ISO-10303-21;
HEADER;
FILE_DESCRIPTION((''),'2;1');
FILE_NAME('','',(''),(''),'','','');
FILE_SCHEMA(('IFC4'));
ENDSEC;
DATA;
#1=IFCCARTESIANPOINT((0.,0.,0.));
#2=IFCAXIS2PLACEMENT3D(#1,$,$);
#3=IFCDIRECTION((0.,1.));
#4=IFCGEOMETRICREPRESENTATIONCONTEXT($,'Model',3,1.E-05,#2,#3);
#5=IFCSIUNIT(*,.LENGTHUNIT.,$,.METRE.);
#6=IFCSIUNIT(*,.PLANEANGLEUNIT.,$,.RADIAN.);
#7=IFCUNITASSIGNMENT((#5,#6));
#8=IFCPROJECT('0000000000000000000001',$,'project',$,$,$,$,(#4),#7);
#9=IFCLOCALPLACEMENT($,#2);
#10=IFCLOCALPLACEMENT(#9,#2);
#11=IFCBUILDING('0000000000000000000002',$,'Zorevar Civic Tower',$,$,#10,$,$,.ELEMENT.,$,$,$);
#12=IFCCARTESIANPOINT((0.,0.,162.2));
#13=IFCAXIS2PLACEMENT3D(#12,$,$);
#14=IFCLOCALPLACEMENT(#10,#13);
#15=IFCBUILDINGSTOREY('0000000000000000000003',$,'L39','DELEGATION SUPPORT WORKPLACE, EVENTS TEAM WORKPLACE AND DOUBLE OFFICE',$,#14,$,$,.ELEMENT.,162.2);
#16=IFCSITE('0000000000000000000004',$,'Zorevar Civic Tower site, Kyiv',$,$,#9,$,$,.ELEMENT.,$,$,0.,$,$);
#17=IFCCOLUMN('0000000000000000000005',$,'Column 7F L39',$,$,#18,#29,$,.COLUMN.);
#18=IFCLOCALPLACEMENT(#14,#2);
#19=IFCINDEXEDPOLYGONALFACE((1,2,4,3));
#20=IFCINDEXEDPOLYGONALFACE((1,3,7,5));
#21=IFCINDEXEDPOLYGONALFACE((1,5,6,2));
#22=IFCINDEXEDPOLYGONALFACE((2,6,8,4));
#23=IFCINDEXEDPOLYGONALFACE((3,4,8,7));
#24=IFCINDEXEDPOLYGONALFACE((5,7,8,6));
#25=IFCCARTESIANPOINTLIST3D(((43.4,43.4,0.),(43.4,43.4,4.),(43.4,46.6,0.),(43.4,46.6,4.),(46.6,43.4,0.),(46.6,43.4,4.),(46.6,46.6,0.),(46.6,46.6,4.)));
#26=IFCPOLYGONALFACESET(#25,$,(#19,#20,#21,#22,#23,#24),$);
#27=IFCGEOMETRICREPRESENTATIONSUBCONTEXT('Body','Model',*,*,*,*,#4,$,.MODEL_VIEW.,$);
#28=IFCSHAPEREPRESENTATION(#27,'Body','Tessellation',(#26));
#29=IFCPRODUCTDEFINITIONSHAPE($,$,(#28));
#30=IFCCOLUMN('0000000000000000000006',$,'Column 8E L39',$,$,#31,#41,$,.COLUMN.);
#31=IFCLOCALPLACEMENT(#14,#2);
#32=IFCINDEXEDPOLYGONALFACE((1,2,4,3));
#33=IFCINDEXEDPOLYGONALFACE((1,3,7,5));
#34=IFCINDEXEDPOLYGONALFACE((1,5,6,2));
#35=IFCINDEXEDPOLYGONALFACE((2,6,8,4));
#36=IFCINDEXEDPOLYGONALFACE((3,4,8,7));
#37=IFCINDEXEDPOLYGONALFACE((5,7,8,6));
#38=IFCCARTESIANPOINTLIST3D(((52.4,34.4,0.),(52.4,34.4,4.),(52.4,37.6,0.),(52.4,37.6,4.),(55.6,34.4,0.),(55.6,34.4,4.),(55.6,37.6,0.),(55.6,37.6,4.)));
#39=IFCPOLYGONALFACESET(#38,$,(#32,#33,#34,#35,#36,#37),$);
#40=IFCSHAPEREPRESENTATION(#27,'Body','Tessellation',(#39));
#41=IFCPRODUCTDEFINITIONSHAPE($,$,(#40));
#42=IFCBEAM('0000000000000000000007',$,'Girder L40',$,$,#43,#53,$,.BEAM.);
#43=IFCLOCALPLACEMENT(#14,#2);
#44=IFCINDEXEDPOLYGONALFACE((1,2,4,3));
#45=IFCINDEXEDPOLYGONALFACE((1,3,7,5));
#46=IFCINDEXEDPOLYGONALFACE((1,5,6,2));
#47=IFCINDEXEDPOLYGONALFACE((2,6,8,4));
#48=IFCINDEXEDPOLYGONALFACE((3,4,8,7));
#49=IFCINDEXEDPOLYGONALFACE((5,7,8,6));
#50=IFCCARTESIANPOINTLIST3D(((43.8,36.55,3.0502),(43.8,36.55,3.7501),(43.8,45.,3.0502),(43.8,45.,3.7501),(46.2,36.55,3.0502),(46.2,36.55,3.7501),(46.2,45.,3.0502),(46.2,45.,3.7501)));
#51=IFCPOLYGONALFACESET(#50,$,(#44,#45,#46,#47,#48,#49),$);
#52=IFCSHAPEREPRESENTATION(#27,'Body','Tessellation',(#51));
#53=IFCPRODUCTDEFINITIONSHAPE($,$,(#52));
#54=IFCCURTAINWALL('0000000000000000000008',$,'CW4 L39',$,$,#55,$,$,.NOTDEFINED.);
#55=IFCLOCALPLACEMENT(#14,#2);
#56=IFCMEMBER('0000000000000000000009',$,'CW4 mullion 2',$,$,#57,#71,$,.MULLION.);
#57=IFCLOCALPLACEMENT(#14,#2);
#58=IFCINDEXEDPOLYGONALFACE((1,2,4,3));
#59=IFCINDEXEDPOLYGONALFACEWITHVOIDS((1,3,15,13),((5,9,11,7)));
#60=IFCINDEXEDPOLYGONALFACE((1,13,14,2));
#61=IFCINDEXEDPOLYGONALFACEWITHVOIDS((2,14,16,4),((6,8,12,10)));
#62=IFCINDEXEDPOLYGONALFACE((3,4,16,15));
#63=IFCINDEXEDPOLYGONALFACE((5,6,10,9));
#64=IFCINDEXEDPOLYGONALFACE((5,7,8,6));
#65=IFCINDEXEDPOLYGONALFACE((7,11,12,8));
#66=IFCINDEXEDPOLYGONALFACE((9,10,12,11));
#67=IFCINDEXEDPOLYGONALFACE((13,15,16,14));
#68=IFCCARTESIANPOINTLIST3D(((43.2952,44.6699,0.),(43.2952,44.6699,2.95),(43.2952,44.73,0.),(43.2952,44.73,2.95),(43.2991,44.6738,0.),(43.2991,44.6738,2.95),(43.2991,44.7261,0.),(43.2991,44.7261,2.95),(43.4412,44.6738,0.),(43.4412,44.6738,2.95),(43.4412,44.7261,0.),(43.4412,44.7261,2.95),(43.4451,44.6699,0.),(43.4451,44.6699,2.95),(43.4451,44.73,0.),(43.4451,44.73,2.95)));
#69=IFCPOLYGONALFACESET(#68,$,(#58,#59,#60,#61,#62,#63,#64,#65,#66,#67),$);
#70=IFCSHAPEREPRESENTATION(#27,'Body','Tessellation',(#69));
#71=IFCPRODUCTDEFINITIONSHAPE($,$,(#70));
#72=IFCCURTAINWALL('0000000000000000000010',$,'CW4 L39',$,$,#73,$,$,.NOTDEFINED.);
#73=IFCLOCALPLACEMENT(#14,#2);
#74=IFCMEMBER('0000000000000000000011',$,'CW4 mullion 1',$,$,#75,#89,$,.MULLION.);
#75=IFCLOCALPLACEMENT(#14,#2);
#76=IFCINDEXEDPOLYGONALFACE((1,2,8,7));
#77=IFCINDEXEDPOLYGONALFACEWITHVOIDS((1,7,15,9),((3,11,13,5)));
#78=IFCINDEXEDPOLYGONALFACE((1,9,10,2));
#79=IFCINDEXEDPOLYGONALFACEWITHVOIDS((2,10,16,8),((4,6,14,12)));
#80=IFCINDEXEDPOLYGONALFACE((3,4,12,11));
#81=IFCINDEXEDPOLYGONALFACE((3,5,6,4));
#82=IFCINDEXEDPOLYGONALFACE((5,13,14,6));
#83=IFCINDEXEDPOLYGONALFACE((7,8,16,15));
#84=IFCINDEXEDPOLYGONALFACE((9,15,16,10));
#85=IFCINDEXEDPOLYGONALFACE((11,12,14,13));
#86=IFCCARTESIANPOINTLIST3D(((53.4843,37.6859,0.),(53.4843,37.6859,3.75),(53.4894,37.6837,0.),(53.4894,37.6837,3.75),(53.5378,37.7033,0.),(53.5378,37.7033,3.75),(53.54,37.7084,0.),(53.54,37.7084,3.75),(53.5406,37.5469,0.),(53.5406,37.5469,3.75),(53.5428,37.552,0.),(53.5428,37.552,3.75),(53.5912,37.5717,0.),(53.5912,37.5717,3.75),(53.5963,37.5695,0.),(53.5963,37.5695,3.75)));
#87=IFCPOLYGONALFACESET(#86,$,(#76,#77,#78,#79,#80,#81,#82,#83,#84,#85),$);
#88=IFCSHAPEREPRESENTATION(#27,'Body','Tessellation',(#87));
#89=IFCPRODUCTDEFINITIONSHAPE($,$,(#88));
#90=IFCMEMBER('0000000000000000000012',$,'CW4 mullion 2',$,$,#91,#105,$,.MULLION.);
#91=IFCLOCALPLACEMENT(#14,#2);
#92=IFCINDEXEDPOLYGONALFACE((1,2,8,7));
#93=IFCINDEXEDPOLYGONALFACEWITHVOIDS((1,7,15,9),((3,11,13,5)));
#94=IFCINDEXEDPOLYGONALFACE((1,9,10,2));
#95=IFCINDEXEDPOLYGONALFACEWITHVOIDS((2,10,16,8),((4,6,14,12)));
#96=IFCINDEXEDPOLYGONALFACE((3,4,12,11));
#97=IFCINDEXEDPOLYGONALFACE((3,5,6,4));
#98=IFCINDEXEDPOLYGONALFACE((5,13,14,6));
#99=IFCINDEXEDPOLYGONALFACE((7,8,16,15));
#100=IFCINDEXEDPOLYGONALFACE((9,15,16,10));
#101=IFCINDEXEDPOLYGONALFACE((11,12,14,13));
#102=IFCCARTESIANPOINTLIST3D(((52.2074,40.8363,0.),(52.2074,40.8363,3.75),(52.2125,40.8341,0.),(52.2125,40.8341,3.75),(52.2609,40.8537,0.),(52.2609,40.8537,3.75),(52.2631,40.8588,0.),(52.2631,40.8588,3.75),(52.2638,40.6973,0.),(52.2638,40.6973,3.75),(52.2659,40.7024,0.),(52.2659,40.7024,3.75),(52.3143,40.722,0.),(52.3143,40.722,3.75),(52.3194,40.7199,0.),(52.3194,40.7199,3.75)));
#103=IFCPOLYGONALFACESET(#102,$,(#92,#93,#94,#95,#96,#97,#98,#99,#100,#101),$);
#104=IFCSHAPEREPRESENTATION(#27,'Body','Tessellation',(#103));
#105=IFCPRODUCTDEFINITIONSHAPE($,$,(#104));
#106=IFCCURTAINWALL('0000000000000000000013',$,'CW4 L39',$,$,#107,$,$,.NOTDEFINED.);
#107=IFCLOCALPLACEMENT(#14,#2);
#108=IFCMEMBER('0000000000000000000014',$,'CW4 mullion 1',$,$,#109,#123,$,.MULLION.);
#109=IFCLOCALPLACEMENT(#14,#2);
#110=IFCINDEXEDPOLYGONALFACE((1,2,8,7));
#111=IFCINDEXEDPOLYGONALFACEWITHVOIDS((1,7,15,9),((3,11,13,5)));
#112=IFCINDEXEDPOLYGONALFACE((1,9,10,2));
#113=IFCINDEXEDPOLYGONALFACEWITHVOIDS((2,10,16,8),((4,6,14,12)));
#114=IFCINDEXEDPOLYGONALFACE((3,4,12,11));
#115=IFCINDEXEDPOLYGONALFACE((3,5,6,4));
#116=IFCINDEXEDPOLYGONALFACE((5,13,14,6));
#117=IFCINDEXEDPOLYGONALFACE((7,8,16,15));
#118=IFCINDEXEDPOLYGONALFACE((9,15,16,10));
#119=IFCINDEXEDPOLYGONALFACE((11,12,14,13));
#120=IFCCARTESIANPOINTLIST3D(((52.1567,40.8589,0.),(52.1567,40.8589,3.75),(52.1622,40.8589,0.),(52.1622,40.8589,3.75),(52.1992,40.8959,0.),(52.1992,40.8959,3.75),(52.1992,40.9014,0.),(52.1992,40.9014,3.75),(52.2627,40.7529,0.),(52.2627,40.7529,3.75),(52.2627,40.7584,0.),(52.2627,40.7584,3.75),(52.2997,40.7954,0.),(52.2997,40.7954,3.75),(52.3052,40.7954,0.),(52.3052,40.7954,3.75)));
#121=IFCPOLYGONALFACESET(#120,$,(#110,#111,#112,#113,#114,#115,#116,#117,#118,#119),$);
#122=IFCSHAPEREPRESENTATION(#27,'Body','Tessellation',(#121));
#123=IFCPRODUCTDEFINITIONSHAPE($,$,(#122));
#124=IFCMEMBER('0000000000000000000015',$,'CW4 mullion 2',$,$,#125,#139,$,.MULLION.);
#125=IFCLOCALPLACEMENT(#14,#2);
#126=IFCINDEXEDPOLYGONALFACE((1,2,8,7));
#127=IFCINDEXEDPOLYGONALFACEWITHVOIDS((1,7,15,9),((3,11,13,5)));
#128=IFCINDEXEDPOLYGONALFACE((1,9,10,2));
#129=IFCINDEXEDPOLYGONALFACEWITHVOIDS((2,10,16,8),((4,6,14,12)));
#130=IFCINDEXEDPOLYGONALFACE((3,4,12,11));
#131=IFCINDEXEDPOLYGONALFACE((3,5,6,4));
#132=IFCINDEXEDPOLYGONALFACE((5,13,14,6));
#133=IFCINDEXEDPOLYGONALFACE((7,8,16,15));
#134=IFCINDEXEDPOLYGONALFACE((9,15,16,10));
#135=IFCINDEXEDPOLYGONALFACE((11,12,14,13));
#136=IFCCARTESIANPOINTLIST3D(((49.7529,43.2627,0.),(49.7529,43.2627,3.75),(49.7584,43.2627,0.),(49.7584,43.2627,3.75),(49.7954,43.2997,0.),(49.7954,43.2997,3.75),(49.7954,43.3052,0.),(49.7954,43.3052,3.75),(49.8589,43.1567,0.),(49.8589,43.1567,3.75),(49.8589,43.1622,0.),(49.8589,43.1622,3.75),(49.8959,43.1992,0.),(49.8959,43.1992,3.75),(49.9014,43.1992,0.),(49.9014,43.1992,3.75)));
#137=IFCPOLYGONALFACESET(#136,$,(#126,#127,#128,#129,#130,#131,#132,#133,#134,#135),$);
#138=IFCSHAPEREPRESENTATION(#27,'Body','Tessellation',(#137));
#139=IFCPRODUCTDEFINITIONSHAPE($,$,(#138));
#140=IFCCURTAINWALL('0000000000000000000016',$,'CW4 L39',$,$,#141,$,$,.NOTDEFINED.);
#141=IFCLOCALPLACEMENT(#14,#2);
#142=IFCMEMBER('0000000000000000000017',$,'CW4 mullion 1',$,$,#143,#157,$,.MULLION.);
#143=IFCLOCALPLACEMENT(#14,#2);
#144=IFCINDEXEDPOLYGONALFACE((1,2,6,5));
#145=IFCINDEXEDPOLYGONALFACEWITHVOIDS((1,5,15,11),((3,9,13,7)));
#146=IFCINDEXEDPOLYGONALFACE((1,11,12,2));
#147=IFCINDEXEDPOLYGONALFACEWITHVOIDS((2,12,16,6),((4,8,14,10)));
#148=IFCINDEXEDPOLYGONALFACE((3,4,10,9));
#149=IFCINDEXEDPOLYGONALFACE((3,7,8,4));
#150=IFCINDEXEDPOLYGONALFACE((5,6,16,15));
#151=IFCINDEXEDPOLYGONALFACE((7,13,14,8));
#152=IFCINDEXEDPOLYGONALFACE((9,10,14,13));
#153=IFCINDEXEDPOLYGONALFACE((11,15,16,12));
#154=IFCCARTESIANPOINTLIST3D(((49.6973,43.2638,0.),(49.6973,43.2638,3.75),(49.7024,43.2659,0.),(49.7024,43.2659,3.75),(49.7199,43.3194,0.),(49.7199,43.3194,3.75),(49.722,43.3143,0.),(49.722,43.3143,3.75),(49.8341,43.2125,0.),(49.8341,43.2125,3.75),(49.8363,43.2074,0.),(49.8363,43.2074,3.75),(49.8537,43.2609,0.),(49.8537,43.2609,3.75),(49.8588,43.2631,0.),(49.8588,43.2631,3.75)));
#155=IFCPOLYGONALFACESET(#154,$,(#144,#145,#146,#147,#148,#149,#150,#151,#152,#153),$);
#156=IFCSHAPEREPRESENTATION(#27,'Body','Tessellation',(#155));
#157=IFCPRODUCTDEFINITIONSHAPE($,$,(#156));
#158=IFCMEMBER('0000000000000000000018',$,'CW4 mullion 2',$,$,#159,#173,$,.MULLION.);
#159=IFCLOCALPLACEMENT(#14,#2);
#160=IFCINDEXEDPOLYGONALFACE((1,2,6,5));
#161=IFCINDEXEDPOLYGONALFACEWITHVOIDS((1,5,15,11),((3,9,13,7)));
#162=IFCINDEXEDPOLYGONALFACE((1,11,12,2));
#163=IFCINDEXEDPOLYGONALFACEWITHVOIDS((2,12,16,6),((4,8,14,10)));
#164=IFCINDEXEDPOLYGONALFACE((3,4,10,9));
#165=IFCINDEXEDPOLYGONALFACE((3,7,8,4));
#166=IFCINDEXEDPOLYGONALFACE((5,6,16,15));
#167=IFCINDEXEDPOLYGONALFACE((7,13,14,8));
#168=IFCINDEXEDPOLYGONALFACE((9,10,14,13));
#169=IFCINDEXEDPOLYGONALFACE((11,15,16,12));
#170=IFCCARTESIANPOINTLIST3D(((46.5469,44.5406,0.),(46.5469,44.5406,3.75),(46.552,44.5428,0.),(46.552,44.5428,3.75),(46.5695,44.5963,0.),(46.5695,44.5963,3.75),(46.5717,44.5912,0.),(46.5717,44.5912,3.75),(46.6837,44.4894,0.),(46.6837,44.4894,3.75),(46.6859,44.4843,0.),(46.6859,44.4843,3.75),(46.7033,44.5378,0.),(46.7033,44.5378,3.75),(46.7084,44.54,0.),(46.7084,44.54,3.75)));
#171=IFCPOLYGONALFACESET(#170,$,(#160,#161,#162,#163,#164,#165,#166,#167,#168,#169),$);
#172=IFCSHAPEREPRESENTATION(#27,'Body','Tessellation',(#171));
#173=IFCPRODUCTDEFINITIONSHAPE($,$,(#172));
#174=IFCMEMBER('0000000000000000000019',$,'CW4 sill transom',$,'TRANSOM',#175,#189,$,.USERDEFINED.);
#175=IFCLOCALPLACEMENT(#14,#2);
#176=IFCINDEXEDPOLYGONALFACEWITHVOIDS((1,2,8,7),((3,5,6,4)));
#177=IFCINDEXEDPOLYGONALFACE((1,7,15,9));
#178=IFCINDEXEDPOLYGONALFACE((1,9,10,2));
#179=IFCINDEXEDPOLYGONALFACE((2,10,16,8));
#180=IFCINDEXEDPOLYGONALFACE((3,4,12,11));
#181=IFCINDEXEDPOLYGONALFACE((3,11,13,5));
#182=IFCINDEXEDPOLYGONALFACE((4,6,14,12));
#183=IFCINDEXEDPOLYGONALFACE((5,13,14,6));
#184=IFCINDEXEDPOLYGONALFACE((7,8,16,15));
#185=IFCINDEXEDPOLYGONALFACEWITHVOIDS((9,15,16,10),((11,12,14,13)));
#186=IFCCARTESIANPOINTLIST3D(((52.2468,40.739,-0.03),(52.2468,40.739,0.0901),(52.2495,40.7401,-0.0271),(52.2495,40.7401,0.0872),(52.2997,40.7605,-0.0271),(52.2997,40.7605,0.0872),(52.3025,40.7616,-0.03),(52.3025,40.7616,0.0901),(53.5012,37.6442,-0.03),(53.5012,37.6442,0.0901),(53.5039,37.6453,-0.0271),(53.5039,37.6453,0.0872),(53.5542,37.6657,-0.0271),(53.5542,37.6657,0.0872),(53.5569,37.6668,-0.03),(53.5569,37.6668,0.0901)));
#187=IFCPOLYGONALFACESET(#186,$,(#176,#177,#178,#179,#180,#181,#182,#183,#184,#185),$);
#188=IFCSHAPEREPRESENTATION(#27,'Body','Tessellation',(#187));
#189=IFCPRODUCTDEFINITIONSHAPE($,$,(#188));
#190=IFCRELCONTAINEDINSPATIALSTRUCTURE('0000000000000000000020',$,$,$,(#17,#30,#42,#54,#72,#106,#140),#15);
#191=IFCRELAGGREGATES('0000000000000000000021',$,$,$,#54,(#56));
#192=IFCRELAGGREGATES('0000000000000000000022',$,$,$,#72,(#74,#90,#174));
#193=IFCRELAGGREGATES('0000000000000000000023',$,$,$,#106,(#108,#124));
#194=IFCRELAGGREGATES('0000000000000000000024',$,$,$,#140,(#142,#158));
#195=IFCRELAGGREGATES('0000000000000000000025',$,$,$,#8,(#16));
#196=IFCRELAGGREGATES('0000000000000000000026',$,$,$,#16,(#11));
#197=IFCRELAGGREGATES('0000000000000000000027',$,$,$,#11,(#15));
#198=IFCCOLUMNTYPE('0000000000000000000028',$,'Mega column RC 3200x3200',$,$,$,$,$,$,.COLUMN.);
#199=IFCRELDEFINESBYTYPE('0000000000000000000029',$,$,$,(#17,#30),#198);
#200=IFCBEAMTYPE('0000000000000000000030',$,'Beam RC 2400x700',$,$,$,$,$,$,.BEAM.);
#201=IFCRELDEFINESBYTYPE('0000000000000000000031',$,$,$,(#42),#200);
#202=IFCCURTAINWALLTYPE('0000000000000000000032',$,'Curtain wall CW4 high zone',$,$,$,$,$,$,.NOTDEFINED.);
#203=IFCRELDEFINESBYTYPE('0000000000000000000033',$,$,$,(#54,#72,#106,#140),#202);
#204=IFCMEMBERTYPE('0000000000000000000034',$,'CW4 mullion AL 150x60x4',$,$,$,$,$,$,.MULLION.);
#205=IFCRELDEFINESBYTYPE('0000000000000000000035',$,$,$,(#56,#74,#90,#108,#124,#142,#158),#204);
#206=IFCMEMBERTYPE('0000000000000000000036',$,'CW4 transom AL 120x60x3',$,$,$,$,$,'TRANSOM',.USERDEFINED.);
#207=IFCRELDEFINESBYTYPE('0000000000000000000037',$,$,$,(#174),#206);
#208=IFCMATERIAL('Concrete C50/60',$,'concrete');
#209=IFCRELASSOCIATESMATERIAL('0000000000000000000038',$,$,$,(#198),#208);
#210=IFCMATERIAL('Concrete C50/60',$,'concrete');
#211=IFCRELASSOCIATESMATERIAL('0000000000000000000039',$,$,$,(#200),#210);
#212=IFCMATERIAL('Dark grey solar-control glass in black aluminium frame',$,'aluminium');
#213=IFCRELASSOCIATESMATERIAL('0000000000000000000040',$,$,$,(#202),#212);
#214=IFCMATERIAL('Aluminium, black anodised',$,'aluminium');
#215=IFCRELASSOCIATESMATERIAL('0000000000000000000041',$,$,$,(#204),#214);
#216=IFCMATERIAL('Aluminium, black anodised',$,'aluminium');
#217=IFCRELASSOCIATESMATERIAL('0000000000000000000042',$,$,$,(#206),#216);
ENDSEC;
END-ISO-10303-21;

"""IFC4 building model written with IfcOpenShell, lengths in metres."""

from ifc_helpers import new_model, si_unit, direction, frame, origin, origin_2d, place, context, subcontext, project, spatial, rectangle, hollow_rectangle, extrude, material, material_profile, profile_set, type_object, element, aggregate, save


model = new_model("IFC4")

# Units and contexts
model_context = context("Model", 3, precision=1e-05, world=origin(), true_north=direction((0.0, 1.0)))
body_context = subcontext(model_context, "Body", "Model", "MODEL_VIEW")
ifc_project = project(units=[si_unit("LENGTHUNIT", "METRE"), si_unit("PLANEANGLEUNIT", "RADIAN")], contexts=[model_context])

# Site, building, storey
site_placement = place(None, origin())
site = spatial("IfcSite", under=ifc_project, at=site_placement, Name="Zorevar Civic Tower site, Kyiv", CompositionType="ELEMENT", RefElevation=0.0)
building_placement = place(site_placement, origin())
building = spatial("IfcBuilding", under=site, at=building_placement, Name="Zorevar Civic Tower", CompositionType="ELEMENT")
storey_placement = place(building_placement, frame((0.0, 0.0, 162.2)))
storey = spatial("IfcBuildingStorey", under=building, at=storey_placement, Name="L39", Description="DELEGATION SUPPORT WORKPLACE, EVENTS TEAM WORKPLACE AND DOUBLE OFFICE", CompositionType="ELEMENT", Elevation=162.2)

# Columns
ifc_material_1 = material(Name="Concrete C50/60", Category="concrete")
ifc_material_profile_1 = material_profile(ifc_material_1, rectangle(XDim=3.2, YDim=3.2, at=origin_2d()), Name="RC 3200x3200")
ifc_profile_set_1 = profile_set([ifc_material_profile_1], Name="Concrete C50/60")
column_type = type_object("IfcColumnType", Name="Mega column RC 3200x3200", PredefinedType="COLUMN", material=ifc_profile_set_1)
for number, where, z_axis, x_axis, name in (
    (1, (45.0, 45.0, 0.0), (0.0, 0.0, 1.0), (1.0, 0.0, 0.0), "Column 7F L39"),
    (2, (54.0, 36.0, 0.0), (0.0, 0.0, 1.0), (1.0, 0.0, 0.0), "Column 8E L39"),
):
    element("IfcColumn", number, at=place(storey_placement, frame(where, z_axis=z_axis, x_axis=x_axis)), inside=storey, type_object=column_type, Name=name, PredefinedType="COLUMN", context=body_context, shape_type="SweptSolid", body=[
        extrude(rectangle(XDim=3.2, YDim=3.2, at=origin_2d()), origin(), (0.0, 0.0, 1.0), 4.0),
    ])

# Beam
ifc_material_2 = material(Name="Concrete C50/60", Category="concrete")
ifc_material_profile_2 = material_profile(ifc_material_2, rectangle(XDim=2.3999, YDim=0.7, at=origin_2d()), Name="RC 2400x700")
ifc_profile_set_2 = profile_set([ifc_material_profile_2], Name="Concrete C50/60")
beam_type_1 = type_object("IfcBeamType", Name="Beam RC 2400x700", PredefinedType="BEAM", material=ifc_profile_set_2)
beam_1_placement = place(storey_placement, frame((45.0, 36.55, 3.4001), z_axis=(0.0, 1.0, 0.0), x_axis=(-1.0, 0.0, 0.0)))
element("IfcBeam", 3, at=beam_1_placement, inside=storey, type_object=beam_type_1, Name="Girder L40", PredefinedType="BEAM", context=body_context, shape_type="SweptSolid", body=[
    extrude(rectangle(XDim=2.3999, YDim=0.7, at=origin_2d()), origin(), (0.0, 0.0, 1.0), 8.45),
])

# Curtain wall, member
ifc_material_3 = material(Name="Dark grey solar-control glass in black aluminium frame", Category="aluminium")
curtain_wall_type = type_object("IfcCurtainWallType", Name="Curtain wall CW4 high zone", PredefinedType="NOTDEFINED", material=ifc_material_3)
curtain_wall_1_placement = place(storey_placement, origin())
curtain_wall_1 = element("IfcCurtainWall", 4, at=curtain_wall_1_placement, inside=storey, type_object=curtain_wall_type, Name="CW4 L39", PredefinedType="NOTDEFINED")
ifc_material_4 = material(Name="Aluminium, black anodised", Category="aluminium")
ifc_material_profile_3 = material_profile(ifc_material_4, hollow_rectangle(XDim=0.0601, YDim=0.1499, WallThickness=0.0039, at=origin_2d()), Name="AL 150x60x4")
ifc_profile_set_3 = profile_set([ifc_material_profile_3], Name="Aluminium, black anodised")
member_type_1 = type_object("IfcMemberType", Name="CW4 mullion AL 150x60x4", PredefinedType="MULLION", material=ifc_profile_set_3)
member_1_placement = place(storey_placement, frame((43.3701, 44.7, 0.0), z_axis=(0.0, 0.0, 1.0), x_axis=(0.0, 1.0, 0.0)))
member_1 = element("IfcMember", 5, at=member_1_placement, type_object=member_type_1, Name="CW4 mullion 2", PredefinedType="MULLION", context=body_context, shape_type="SweptSolid", body=[
    extrude(hollow_rectangle(XDim=0.0601, YDim=0.1499, WallThickness=0.0039, at=origin_2d()), origin(), (0.0, 0.0, 1.0), 2.95),
])

# Curtain walls, members
curtain_wall_2_placement = place(storey_placement, origin())
curtain_wall_2 = element("IfcCurtainWall", 6, at=curtain_wall_2_placement, inside=storey, type_object=curtain_wall_type, Name="CW4 L39", PredefinedType="NOTDEFINED")
member_2_placement = place(storey_placement, frame((53.5403, 37.6277, 0.0), z_axis=(0.0, 0.0, 1.0), x_axis=(-0.926762, -0.37565, 0.0)))
member_2 = element("IfcMember", 7, at=member_2_placement, type_object=member_type_1, Name="CW4 mullion 1", PredefinedType="MULLION", context=body_context, shape_type="SweptSolid", body=[
    extrude(hollow_rectangle(XDim=0.0601, YDim=0.1499, WallThickness=0.0039, at=origin_2d()), origin(), (0.0, 0.0, 1.0), 3.75),
])
member_3_placement = place(storey_placement, frame((52.2634, 40.7781, 0.0), z_axis=(0.0, 0.0, 1.0), x_axis=(-0.926762, -0.37565, 0.0)))
member_3 = element("IfcMember", 8, at=member_3_placement, type_object=member_type_1, Name="CW4 mullion 2", PredefinedType="MULLION", context=body_context, shape_type="SweptSolid", body=[
    extrude(hollow_rectangle(XDim=0.0601, YDim=0.1499, WallThickness=0.0039, at=origin_2d()), origin(), (0.0, 0.0, 1.0), 3.75),
])
curtain_wall_3_placement = place(storey_placement, origin())
curtain_wall_3 = element("IfcCurtainWall", 9, at=curtain_wall_3_placement, inside=storey, type_object=curtain_wall_type, Name="CW4 L39", PredefinedType="NOTDEFINED")
member_4_placement = place(storey_placement, frame((52.231, 40.8271, 0.0), z_axis=(0.0, 0.0, 1.0), x_axis=(-0.707107, -0.707107, 0.0)))
member_4 = element("IfcMember", 10, at=member_4_placement, type_object=member_type_1, Name="CW4 mullion 1", PredefinedType="MULLION", context=body_context, shape_type="SweptSolid", body=[
    extrude(hollow_rectangle(XDim=0.0601, YDim=0.1499, WallThickness=0.0039, at=origin_2d()), origin(), (0.0, 0.0, 1.0), 3.75),
])
member_5_placement = place(storey_placement, frame((49.8271, 43.231, 0.0), z_axis=(0.0, 0.0, 1.0), x_axis=(-0.707107, -0.707107, 0.0)))
member_5 = element("IfcMember", 11, at=member_5_placement, type_object=member_type_1, Name="CW4 mullion 2", PredefinedType="MULLION", context=body_context, shape_type="SweptSolid", body=[
    extrude(hollow_rectangle(XDim=0.0601, YDim=0.1499, WallThickness=0.0039, at=origin_2d()), origin(), (0.0, 0.0, 1.0), 3.75),
])
curtain_wall_4_placement = place(storey_placement, origin())
curtain_wall_4 = element("IfcCurtainWall", 12, at=curtain_wall_4_placement, inside=storey, type_object=curtain_wall_type, Name="CW4 L39", PredefinedType="NOTDEFINED")
member_6_placement = place(storey_placement, frame((49.7781, 43.2634, 0.0), z_axis=(0.0, 0.0, 1.0), x_axis=(-0.37565, -0.926762, 0.0)))
member_6 = element("IfcMember", 13, at=member_6_placement, type_object=member_type_1, Name="CW4 mullion 1", PredefinedType="MULLION", context=body_context, shape_type="SweptSolid", body=[
    extrude(hollow_rectangle(XDim=0.0601, YDim=0.1499, WallThickness=0.0039, at=origin_2d()), origin(), (0.0, 0.0, 1.0), 3.75),
])
member_7_placement = place(storey_placement, frame((46.6277, 44.5403, 0.0), z_axis=(0.0, 0.0, 1.0), x_axis=(-0.37565, -0.926762, 0.0)))
member_7 = element("IfcMember", 14, at=member_7_placement, type_object=member_type_1, Name="CW4 mullion 2", PredefinedType="MULLION", context=body_context, shape_type="SweptSolid", body=[
    extrude(hollow_rectangle(XDim=0.0601, YDim=0.1499, WallThickness=0.0039, at=origin_2d()), origin(), (0.0, 0.0, 1.0), 3.75),
])

# Member
ifc_material_5 = material(Name="Aluminium, black anodised", Category="aluminium")
ifc_material_profile_4 = material_profile(ifc_material_5, hollow_rectangle(XDim=0.0601, YDim=0.1201, WallThickness=0.0029, at=origin_2d()), Name="AL 120x60x3")
ifc_profile_set_4 = profile_set([ifc_material_profile_4], Name="Aluminium, black anodised")
member_type_2 = type_object("IfcMemberType", Name="CW4 transom AL 120x60x3", ElementType="TRANSOM", PredefinedType="USERDEFINED", material=ifc_profile_set_4)
member_8_placement = place(storey_placement, frame((53.5291, 37.6555, 0.03), z_axis=(-0.375647, 0.926763, 0.0), x_axis=(-0.926763, -0.375647, 0.0)))
member_8 = element("IfcMember", 15, at=member_8_placement, type_object=member_type_2, Name="CW4 sill transom", ObjectType="TRANSOM", PredefinedType="USERDEFINED", context=body_context, shape_type="SweptSolid", body=[
    extrude(hollow_rectangle(XDim=0.0601, YDim=0.1201, WallThickness=0.0029, at=origin_2d()), origin(), (0.0, 0.0, 1.0), 3.3394),
])

aggregate(curtain_wall_1, [member_1])
aggregate(curtain_wall_2, [member_2, member_3, member_8])
aggregate(curtain_wall_3, [member_4, member_5])
aggregate(curtain_wall_4, [member_6, member_7])

save(model, "model.ifc")
